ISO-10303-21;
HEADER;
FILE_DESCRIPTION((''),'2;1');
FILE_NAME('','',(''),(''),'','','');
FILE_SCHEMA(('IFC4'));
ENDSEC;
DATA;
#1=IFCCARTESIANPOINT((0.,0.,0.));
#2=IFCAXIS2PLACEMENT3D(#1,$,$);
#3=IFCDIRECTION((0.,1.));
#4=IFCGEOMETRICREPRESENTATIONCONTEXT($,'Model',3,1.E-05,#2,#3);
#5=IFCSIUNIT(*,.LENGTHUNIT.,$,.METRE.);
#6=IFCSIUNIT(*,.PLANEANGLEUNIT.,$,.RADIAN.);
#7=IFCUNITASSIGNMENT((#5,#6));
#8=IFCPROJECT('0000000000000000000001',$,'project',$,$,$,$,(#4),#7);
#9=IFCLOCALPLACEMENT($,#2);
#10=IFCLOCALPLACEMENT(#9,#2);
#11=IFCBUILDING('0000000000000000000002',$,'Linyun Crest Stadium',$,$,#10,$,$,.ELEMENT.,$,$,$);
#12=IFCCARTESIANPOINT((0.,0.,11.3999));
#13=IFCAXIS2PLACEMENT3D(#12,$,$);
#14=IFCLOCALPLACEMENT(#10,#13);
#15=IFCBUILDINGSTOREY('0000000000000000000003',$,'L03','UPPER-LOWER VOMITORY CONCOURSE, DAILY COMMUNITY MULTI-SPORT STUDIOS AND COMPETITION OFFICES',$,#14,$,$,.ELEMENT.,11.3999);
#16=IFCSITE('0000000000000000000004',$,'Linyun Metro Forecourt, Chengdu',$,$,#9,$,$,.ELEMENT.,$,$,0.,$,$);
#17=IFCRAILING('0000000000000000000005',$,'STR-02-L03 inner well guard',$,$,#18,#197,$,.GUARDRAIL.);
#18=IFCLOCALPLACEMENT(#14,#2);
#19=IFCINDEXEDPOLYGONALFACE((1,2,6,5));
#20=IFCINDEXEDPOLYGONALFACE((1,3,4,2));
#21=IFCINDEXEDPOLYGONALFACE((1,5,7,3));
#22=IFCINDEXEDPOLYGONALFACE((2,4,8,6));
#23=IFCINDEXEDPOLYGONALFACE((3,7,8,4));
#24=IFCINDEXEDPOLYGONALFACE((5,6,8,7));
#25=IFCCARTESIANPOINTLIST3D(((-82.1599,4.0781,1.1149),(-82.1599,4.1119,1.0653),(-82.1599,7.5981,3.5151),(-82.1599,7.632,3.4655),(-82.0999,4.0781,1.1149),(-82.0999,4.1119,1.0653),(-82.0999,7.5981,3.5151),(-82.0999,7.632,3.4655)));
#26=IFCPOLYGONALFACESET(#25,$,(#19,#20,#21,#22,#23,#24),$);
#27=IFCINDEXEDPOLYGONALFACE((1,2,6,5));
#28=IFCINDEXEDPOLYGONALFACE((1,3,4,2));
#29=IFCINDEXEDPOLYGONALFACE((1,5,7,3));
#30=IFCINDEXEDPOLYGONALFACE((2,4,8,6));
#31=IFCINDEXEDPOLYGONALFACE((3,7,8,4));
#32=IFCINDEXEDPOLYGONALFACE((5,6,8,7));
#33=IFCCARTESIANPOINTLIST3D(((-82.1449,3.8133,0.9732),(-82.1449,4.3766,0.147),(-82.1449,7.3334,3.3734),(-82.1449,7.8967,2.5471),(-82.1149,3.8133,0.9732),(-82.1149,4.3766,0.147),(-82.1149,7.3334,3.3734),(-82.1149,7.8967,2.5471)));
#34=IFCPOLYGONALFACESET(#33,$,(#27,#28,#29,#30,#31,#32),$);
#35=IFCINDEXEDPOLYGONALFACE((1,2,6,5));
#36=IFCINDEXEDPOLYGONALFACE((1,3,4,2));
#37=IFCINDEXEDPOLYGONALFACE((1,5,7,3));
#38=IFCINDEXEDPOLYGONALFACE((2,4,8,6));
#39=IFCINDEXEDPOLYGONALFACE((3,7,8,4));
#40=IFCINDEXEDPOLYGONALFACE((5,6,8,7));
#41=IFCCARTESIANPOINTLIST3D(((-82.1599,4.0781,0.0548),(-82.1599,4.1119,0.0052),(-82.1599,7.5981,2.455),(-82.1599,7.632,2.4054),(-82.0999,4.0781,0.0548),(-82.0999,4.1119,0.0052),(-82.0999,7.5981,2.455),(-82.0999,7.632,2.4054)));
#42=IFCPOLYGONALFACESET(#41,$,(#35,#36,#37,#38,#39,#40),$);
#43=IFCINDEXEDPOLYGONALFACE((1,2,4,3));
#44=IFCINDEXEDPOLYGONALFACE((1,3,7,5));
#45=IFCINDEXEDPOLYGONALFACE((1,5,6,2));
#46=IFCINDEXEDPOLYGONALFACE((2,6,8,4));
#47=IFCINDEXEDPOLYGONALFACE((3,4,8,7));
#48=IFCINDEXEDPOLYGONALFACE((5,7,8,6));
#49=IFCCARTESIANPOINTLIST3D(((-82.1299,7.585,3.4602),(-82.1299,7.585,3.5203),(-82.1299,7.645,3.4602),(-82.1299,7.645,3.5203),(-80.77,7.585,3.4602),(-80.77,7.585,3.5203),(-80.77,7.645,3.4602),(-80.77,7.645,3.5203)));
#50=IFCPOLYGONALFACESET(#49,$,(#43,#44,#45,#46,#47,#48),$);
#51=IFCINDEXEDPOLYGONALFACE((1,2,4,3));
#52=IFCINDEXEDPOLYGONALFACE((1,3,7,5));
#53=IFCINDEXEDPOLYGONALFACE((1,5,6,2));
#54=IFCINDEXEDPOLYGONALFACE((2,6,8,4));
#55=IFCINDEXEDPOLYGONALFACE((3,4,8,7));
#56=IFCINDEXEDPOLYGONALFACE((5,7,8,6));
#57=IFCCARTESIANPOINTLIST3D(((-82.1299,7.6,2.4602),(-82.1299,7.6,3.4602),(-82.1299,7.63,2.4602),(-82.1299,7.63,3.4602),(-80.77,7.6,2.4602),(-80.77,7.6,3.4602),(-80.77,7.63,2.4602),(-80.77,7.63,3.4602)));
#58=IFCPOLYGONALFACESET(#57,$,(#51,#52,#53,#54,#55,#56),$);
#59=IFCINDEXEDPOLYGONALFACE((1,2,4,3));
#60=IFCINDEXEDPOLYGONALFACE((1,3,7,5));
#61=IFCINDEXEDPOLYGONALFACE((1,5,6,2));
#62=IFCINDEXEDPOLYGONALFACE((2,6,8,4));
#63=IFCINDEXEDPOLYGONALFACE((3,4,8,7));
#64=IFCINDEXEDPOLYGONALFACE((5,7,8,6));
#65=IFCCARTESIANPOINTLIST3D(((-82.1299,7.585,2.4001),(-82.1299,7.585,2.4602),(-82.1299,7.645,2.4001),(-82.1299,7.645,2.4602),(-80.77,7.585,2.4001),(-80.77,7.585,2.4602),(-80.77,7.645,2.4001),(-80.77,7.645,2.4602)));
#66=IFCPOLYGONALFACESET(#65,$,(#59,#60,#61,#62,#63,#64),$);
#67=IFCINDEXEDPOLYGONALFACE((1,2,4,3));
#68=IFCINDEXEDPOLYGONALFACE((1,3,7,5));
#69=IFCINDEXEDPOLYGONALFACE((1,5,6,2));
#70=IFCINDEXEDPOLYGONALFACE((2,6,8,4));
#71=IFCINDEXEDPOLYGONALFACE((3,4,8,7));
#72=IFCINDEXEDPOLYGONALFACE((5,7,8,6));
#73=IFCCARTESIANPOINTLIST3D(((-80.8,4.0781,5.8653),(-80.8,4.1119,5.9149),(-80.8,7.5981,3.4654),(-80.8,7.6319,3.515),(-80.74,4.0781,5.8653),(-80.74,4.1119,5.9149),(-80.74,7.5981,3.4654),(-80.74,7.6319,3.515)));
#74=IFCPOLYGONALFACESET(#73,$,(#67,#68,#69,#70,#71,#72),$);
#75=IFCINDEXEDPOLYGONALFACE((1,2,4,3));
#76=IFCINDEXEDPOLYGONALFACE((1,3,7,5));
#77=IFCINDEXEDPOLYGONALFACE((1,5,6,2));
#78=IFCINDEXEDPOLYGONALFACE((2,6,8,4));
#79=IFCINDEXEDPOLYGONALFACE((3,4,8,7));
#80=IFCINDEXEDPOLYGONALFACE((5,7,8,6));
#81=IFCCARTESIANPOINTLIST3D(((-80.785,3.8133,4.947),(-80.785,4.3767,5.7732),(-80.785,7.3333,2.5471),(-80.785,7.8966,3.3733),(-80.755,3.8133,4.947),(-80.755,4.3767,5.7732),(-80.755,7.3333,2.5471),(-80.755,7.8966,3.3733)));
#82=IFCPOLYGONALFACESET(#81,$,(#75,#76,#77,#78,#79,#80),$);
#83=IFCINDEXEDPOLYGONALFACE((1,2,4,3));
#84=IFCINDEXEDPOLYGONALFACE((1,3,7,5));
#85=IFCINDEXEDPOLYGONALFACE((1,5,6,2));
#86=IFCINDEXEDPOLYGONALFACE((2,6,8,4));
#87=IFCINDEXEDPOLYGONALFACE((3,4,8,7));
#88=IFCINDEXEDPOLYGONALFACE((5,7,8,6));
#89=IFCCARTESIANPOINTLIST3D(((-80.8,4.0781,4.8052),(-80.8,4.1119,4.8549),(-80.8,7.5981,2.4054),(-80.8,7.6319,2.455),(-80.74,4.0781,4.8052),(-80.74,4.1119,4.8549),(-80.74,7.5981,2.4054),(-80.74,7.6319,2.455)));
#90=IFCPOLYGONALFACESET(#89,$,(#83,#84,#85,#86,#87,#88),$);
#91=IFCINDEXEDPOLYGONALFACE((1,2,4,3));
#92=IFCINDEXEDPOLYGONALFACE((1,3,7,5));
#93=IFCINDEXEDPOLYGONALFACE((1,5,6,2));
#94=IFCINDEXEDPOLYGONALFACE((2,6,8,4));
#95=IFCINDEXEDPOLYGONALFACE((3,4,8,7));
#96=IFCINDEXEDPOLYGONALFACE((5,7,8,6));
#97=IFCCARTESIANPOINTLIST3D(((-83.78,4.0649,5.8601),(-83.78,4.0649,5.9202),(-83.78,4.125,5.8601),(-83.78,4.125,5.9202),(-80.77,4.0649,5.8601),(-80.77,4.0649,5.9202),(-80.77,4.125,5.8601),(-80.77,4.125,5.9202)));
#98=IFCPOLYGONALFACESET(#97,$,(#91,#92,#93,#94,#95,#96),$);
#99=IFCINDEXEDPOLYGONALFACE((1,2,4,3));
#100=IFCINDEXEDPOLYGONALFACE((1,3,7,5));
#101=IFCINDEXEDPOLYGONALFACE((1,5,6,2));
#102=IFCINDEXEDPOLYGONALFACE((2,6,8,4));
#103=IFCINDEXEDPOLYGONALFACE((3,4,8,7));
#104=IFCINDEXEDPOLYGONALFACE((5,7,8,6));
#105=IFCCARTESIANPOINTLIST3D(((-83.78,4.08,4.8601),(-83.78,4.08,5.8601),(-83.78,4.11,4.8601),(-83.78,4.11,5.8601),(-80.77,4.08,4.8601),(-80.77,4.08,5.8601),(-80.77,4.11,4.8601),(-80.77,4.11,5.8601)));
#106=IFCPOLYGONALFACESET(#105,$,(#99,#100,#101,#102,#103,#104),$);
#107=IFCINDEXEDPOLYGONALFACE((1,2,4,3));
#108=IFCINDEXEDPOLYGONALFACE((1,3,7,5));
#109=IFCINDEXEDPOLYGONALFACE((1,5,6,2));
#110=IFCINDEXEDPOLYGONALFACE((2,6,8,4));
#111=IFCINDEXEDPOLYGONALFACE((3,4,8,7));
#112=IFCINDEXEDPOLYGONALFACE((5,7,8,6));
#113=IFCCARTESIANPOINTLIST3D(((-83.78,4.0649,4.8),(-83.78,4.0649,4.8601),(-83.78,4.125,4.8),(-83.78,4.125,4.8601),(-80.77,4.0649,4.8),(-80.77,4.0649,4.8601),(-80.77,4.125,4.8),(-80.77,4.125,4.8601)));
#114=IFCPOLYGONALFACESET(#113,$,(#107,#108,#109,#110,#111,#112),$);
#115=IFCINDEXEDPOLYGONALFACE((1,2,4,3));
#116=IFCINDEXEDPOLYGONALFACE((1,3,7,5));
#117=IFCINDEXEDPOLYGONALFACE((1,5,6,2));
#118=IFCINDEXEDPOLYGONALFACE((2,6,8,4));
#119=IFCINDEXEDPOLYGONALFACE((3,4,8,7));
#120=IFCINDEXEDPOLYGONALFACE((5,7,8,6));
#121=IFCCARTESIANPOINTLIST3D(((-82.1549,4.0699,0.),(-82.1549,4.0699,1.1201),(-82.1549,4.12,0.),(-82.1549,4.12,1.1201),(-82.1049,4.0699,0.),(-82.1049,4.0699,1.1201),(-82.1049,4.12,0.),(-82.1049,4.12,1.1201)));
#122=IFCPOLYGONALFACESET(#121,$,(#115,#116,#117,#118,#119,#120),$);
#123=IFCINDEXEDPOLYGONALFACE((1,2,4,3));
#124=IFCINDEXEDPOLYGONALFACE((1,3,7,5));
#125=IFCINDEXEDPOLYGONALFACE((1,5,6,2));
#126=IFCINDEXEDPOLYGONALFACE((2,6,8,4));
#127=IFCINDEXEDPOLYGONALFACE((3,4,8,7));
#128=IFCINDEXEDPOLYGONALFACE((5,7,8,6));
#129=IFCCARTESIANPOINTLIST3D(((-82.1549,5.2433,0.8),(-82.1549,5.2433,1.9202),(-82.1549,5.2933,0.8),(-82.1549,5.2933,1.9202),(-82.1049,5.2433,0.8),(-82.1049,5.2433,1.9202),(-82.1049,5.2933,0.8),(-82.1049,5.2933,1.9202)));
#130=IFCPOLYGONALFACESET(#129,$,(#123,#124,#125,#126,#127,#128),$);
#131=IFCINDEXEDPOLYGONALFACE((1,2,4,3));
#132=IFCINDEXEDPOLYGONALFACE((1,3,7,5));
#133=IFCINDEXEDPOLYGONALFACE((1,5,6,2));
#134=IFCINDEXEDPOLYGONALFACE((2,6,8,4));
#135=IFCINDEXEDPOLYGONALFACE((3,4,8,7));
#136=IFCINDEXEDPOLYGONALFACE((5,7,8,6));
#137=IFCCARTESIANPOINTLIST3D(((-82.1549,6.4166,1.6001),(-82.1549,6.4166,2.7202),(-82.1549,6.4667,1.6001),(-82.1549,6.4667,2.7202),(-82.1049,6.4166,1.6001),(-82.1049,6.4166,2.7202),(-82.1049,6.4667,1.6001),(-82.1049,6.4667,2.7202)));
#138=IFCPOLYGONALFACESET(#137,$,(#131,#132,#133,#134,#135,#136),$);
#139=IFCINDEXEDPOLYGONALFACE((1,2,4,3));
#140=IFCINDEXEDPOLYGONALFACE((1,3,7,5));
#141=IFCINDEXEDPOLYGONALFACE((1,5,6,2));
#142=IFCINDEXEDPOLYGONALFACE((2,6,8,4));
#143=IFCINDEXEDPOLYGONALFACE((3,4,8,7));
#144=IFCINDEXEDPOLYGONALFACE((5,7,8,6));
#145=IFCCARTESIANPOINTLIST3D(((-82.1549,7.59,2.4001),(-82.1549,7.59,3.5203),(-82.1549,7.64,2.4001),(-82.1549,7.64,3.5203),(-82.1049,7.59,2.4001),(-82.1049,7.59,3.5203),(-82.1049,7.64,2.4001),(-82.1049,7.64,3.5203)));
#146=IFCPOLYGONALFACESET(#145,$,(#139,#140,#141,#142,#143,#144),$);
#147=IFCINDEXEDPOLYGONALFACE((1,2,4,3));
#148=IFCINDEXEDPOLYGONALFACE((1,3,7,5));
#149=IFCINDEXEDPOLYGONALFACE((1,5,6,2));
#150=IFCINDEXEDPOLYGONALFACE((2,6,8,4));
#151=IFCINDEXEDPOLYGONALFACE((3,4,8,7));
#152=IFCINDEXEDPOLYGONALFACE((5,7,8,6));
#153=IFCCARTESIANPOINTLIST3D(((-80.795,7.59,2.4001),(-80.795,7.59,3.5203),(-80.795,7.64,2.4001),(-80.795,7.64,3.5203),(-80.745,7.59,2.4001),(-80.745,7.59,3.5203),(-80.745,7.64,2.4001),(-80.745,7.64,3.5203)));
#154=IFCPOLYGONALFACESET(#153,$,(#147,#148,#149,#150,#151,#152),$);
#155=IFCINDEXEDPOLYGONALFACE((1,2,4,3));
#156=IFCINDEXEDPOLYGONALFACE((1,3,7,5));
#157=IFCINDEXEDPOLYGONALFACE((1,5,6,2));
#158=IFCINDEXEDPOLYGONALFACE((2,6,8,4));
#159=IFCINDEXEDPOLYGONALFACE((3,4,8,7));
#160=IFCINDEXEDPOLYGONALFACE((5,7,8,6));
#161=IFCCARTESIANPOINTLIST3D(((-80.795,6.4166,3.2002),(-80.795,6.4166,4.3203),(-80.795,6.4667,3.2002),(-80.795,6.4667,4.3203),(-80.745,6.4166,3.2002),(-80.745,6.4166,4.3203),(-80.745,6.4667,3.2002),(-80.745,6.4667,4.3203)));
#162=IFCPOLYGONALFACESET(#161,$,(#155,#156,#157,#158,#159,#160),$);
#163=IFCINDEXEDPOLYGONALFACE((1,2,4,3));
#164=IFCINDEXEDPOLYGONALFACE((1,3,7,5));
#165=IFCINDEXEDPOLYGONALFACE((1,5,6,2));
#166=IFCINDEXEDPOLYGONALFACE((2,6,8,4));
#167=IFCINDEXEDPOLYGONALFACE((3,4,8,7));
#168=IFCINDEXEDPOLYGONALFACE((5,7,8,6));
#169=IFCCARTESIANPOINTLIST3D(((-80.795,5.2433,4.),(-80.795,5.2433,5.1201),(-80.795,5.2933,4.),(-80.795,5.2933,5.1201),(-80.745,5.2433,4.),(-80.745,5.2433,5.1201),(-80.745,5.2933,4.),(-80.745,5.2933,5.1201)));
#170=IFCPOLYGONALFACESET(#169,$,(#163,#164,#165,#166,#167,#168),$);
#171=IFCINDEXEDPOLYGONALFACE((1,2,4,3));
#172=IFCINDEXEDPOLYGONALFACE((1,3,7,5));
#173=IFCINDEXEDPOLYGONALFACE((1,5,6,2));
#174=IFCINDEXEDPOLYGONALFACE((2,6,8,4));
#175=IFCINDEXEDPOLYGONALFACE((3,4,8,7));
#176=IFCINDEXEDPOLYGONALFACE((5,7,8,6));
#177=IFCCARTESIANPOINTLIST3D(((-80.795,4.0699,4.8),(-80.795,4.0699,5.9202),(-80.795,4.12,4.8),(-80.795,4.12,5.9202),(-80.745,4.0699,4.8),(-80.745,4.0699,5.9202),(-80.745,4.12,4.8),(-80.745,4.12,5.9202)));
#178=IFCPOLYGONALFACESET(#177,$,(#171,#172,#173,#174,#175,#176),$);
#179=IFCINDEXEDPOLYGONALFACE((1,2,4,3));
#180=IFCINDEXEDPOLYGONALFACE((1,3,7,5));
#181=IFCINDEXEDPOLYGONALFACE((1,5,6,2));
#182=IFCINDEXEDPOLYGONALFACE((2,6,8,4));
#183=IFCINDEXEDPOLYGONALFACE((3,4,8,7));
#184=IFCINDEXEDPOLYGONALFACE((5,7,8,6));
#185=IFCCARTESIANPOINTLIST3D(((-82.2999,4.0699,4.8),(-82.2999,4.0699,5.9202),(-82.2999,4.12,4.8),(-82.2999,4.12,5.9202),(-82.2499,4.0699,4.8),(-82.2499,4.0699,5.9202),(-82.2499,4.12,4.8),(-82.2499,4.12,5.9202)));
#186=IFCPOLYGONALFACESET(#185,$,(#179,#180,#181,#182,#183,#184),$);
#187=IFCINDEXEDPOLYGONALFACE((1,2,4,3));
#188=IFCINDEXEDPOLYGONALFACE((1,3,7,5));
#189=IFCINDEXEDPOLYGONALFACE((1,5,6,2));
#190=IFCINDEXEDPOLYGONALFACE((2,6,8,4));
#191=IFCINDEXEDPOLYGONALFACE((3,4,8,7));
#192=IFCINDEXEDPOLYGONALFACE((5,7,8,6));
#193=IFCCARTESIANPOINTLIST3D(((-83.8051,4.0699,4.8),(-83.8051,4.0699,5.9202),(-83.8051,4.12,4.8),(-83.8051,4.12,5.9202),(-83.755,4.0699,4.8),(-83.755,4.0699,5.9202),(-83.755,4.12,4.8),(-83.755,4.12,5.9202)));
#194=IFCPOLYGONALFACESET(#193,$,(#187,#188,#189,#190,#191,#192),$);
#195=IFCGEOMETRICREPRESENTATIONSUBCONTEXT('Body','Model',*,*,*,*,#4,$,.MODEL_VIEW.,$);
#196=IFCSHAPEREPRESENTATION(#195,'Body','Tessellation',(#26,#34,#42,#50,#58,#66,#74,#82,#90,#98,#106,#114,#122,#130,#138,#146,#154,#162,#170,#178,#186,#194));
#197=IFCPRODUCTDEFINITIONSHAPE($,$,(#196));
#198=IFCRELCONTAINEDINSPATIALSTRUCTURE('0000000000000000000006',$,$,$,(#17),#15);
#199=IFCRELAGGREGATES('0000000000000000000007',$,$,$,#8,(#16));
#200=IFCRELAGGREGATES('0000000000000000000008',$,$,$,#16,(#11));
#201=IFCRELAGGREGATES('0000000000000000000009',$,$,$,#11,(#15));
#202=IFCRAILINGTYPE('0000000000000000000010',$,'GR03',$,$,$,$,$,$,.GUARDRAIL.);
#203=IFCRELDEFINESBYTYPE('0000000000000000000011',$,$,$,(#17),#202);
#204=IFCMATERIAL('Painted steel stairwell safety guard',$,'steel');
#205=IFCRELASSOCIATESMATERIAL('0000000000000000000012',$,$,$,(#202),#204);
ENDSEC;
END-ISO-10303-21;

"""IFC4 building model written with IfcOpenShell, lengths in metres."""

from ifc_helpers import new_model, si_unit, direction, frame, origin, origin_2d, place, context, subcontext, project, spatial, rectangle, extrude, material, type_object, element, save


model = new_model("IFC4")

# Units and contexts
model_context = context("Model", 3, precision=1e-05, world=origin(), true_north=direction((0.0, 1.0)))
body_context = subcontext(model_context, "Body", "Model", "MODEL_VIEW")
ifc_project = project(units=[si_unit("LENGTHUNIT", "METRE"), si_unit("PLANEANGLEUNIT", "RADIAN")], contexts=[model_context])

# Site, building, storey
site_placement = place(None, origin())
site = spatial("IfcSite", under=ifc_project, at=site_placement, Name="Linyun Metro Forecourt, Chengdu", CompositionType="ELEMENT", RefElevation=0.0)
building_placement = place(site_placement, origin())
building = spatial("IfcBuilding", under=site, at=building_placement, Name="Linyun Crest Stadium", CompositionType="ELEMENT")
storey_placement = place(building_placement, frame((0.0, 0.0, 11.3999)))
storey = spatial("IfcBuildingStorey", under=building, at=storey_placement, Name="L03", Description="UPPER-LOWER VOMITORY CONCOURSE, DAILY COMMUNITY MULTI-SPORT STUDIOS AND COMPETITION OFFICES", CompositionType="ELEMENT", Elevation=11.3999)

# Railing
ifc_material_1 = material(Name="Painted steel stairwell safety guard", Category="steel")
railing_type_1 = type_object("IfcRailingType", Name="GR03", PredefinedType="GUARDRAIL", material=ifc_material_1)
railing_1_placement = place(storey_placement, frame((-82.1299, 4.095, 0.0)))
element("IfcRailing", 1, at=railing_1_placement, inside=storey, type_object=railing_type_1, Name="STR-02-L03 inner well guard", PredefinedType="GUARDRAIL", context=body_context, shape_type="SweptSolid", body=[
    extrude(rectangle(XDim=0.0601, YDim=0.0601, at=origin_2d()), frame((0.0, 0.0, 1.0901), z_axis=(0.0, 0.826213, 0.563358), x_axis=(-1.0, 0.0, 0.0)), (0.0, 0.0, 1.0), 4.2605),
    extrude(rectangle(XDim=0.03, YDim=1.0, at=origin_2d()), frame((0.0, 0.0, 0.5601), z_axis=(0.0, 0.826213, 0.563358), x_axis=(-1.0, 0.0, 0.0)), (0.0, 0.0, 1.0), 4.2605),
    extrude(rectangle(XDim=0.0601, YDim=0.0601, at=origin_2d()), frame((0.0, 0.0, 0.03), z_axis=(0.0, 0.826213, 0.563358), x_axis=(-1.0, 0.0, 0.0)), (0.0, 0.0, 1.0), 4.2605),
    extrude(rectangle(XDim=0.0601, YDim=0.0601, at=origin_2d()), frame((0.0, 3.52, 3.4902), z_axis=(1.0, 0.0, 0.0), x_axis=(0.0, 1.0, 0.0)), (0.0, 0.0, 1.0), 1.3599),
    extrude(rectangle(XDim=0.03, YDim=1.0, at=origin_2d()), frame((0.0, 3.52, 2.9602), z_axis=(1.0, 0.0, 0.0), x_axis=(0.0, 1.0, 0.0)), (0.0, 0.0, 1.0), 1.3599),
    extrude(rectangle(XDim=0.0601, YDim=0.0601, at=origin_2d()), frame((0.0, 3.52, 2.4302), z_axis=(1.0, 0.0, 0.0), x_axis=(0.0, 1.0, 0.0)), (0.0, 0.0, 1.0), 1.3599),
    extrude(rectangle(XDim=0.0601, YDim=0.0601, at=origin_2d()), frame((1.3599, 3.52, 3.4902), z_axis=(0.0, -0.826239, 0.563319), x_axis=(1.0, 0.0, 0.0)), (0.0, 0.0, 1.0), 4.2603),
    extrude(rectangle(XDim=0.03, YDim=1.0, at=origin_2d()), frame((1.3599, 3.52, 2.9602), z_axis=(0.0, -0.826239, 0.563319), x_axis=(1.0, 0.0, 0.0)), (0.0, 0.0, 1.0), 4.2603),
    extrude(rectangle(XDim=0.0601, YDim=0.0601, at=origin_2d()), frame((1.3599, 3.52, 2.4302), z_axis=(0.0, -0.826239, 0.563319), x_axis=(1.0, 0.0, 0.0)), (0.0, 0.0, 1.0), 4.2603),
    extrude(rectangle(XDim=0.0601, YDim=0.0601, at=origin_2d()), frame((1.3599, 0.0, 5.8901), z_axis=(-1.0, 0.0, 0.0), x_axis=(0.0, -1.0, 0.0)), (0.0, 0.0, 1.0), 3.01),
    extrude(rectangle(XDim=0.03, YDim=1.0, at=origin_2d()), frame((1.3599, 0.0, 5.3601), z_axis=(-1.0, 0.0, 0.0), x_axis=(0.0, -1.0, 0.0)), (0.0, 0.0, 1.0), 3.01),
    extrude(rectangle(XDim=0.0601, YDim=0.0601, at=origin_2d()), frame((1.3599, 0.0, 4.8301), z_axis=(-1.0, 0.0, 0.0), x_axis=(0.0, -1.0, 0.0)), (0.0, 0.0, 1.0), 3.01),
    extrude(rectangle(XDim=0.05, YDim=0.05, at=origin_2d()), origin(), (0.0, 0.0, 1.0), 1.1201),
    extrude(rectangle(XDim=0.05, YDim=0.05, at=origin_2d()), frame((0.0, 1.1733, 0.8)), (0.0, 0.0, 1.0), 1.1201),
    extrude(rectangle(XDim=0.05, YDim=0.05, at=origin_2d()), frame((0.0, 2.3467, 1.6001)), (0.0, 0.0, 1.0), 1.1201),
    extrude(rectangle(XDim=0.05, YDim=0.05, at=origin_2d()), frame((0.0, 3.52, 2.4001)), (0.0, 0.0, 1.0), 1.1201),
    extrude(rectangle(XDim=0.05, YDim=0.05, at=origin_2d()), frame((1.3599, 3.52, 2.4001)), (0.0, 0.0, 1.0), 1.1201),
    extrude(rectangle(XDim=0.05, YDim=0.05, at=origin_2d()), frame((1.3599, 2.3467, 3.2002)), (0.0, 0.0, 1.0), 1.1201),
    extrude(rectangle(XDim=0.05, YDim=0.05, at=origin_2d()), frame((1.3599, 1.1733, 4.0)), (0.0, 0.0, 1.0), 1.1201),
    extrude(rectangle(XDim=0.05, YDim=0.05, at=origin_2d()), frame((1.3599, 0.0, 4.8)), (0.0, 0.0, 1.0), 1.1201),
    extrude(rectangle(XDim=0.05, YDim=0.05, at=origin_2d()), frame((-0.145, 0.0, 4.8)), (0.0, 0.0, 1.0), 1.1201),
    extrude(rectangle(XDim=0.05, YDim=0.05, at=origin_2d()), frame((-1.6501, 0.0, 4.8)), (0.0, 0.0, 1.0), 1.1201),
])

save(model, "model.ifc")
